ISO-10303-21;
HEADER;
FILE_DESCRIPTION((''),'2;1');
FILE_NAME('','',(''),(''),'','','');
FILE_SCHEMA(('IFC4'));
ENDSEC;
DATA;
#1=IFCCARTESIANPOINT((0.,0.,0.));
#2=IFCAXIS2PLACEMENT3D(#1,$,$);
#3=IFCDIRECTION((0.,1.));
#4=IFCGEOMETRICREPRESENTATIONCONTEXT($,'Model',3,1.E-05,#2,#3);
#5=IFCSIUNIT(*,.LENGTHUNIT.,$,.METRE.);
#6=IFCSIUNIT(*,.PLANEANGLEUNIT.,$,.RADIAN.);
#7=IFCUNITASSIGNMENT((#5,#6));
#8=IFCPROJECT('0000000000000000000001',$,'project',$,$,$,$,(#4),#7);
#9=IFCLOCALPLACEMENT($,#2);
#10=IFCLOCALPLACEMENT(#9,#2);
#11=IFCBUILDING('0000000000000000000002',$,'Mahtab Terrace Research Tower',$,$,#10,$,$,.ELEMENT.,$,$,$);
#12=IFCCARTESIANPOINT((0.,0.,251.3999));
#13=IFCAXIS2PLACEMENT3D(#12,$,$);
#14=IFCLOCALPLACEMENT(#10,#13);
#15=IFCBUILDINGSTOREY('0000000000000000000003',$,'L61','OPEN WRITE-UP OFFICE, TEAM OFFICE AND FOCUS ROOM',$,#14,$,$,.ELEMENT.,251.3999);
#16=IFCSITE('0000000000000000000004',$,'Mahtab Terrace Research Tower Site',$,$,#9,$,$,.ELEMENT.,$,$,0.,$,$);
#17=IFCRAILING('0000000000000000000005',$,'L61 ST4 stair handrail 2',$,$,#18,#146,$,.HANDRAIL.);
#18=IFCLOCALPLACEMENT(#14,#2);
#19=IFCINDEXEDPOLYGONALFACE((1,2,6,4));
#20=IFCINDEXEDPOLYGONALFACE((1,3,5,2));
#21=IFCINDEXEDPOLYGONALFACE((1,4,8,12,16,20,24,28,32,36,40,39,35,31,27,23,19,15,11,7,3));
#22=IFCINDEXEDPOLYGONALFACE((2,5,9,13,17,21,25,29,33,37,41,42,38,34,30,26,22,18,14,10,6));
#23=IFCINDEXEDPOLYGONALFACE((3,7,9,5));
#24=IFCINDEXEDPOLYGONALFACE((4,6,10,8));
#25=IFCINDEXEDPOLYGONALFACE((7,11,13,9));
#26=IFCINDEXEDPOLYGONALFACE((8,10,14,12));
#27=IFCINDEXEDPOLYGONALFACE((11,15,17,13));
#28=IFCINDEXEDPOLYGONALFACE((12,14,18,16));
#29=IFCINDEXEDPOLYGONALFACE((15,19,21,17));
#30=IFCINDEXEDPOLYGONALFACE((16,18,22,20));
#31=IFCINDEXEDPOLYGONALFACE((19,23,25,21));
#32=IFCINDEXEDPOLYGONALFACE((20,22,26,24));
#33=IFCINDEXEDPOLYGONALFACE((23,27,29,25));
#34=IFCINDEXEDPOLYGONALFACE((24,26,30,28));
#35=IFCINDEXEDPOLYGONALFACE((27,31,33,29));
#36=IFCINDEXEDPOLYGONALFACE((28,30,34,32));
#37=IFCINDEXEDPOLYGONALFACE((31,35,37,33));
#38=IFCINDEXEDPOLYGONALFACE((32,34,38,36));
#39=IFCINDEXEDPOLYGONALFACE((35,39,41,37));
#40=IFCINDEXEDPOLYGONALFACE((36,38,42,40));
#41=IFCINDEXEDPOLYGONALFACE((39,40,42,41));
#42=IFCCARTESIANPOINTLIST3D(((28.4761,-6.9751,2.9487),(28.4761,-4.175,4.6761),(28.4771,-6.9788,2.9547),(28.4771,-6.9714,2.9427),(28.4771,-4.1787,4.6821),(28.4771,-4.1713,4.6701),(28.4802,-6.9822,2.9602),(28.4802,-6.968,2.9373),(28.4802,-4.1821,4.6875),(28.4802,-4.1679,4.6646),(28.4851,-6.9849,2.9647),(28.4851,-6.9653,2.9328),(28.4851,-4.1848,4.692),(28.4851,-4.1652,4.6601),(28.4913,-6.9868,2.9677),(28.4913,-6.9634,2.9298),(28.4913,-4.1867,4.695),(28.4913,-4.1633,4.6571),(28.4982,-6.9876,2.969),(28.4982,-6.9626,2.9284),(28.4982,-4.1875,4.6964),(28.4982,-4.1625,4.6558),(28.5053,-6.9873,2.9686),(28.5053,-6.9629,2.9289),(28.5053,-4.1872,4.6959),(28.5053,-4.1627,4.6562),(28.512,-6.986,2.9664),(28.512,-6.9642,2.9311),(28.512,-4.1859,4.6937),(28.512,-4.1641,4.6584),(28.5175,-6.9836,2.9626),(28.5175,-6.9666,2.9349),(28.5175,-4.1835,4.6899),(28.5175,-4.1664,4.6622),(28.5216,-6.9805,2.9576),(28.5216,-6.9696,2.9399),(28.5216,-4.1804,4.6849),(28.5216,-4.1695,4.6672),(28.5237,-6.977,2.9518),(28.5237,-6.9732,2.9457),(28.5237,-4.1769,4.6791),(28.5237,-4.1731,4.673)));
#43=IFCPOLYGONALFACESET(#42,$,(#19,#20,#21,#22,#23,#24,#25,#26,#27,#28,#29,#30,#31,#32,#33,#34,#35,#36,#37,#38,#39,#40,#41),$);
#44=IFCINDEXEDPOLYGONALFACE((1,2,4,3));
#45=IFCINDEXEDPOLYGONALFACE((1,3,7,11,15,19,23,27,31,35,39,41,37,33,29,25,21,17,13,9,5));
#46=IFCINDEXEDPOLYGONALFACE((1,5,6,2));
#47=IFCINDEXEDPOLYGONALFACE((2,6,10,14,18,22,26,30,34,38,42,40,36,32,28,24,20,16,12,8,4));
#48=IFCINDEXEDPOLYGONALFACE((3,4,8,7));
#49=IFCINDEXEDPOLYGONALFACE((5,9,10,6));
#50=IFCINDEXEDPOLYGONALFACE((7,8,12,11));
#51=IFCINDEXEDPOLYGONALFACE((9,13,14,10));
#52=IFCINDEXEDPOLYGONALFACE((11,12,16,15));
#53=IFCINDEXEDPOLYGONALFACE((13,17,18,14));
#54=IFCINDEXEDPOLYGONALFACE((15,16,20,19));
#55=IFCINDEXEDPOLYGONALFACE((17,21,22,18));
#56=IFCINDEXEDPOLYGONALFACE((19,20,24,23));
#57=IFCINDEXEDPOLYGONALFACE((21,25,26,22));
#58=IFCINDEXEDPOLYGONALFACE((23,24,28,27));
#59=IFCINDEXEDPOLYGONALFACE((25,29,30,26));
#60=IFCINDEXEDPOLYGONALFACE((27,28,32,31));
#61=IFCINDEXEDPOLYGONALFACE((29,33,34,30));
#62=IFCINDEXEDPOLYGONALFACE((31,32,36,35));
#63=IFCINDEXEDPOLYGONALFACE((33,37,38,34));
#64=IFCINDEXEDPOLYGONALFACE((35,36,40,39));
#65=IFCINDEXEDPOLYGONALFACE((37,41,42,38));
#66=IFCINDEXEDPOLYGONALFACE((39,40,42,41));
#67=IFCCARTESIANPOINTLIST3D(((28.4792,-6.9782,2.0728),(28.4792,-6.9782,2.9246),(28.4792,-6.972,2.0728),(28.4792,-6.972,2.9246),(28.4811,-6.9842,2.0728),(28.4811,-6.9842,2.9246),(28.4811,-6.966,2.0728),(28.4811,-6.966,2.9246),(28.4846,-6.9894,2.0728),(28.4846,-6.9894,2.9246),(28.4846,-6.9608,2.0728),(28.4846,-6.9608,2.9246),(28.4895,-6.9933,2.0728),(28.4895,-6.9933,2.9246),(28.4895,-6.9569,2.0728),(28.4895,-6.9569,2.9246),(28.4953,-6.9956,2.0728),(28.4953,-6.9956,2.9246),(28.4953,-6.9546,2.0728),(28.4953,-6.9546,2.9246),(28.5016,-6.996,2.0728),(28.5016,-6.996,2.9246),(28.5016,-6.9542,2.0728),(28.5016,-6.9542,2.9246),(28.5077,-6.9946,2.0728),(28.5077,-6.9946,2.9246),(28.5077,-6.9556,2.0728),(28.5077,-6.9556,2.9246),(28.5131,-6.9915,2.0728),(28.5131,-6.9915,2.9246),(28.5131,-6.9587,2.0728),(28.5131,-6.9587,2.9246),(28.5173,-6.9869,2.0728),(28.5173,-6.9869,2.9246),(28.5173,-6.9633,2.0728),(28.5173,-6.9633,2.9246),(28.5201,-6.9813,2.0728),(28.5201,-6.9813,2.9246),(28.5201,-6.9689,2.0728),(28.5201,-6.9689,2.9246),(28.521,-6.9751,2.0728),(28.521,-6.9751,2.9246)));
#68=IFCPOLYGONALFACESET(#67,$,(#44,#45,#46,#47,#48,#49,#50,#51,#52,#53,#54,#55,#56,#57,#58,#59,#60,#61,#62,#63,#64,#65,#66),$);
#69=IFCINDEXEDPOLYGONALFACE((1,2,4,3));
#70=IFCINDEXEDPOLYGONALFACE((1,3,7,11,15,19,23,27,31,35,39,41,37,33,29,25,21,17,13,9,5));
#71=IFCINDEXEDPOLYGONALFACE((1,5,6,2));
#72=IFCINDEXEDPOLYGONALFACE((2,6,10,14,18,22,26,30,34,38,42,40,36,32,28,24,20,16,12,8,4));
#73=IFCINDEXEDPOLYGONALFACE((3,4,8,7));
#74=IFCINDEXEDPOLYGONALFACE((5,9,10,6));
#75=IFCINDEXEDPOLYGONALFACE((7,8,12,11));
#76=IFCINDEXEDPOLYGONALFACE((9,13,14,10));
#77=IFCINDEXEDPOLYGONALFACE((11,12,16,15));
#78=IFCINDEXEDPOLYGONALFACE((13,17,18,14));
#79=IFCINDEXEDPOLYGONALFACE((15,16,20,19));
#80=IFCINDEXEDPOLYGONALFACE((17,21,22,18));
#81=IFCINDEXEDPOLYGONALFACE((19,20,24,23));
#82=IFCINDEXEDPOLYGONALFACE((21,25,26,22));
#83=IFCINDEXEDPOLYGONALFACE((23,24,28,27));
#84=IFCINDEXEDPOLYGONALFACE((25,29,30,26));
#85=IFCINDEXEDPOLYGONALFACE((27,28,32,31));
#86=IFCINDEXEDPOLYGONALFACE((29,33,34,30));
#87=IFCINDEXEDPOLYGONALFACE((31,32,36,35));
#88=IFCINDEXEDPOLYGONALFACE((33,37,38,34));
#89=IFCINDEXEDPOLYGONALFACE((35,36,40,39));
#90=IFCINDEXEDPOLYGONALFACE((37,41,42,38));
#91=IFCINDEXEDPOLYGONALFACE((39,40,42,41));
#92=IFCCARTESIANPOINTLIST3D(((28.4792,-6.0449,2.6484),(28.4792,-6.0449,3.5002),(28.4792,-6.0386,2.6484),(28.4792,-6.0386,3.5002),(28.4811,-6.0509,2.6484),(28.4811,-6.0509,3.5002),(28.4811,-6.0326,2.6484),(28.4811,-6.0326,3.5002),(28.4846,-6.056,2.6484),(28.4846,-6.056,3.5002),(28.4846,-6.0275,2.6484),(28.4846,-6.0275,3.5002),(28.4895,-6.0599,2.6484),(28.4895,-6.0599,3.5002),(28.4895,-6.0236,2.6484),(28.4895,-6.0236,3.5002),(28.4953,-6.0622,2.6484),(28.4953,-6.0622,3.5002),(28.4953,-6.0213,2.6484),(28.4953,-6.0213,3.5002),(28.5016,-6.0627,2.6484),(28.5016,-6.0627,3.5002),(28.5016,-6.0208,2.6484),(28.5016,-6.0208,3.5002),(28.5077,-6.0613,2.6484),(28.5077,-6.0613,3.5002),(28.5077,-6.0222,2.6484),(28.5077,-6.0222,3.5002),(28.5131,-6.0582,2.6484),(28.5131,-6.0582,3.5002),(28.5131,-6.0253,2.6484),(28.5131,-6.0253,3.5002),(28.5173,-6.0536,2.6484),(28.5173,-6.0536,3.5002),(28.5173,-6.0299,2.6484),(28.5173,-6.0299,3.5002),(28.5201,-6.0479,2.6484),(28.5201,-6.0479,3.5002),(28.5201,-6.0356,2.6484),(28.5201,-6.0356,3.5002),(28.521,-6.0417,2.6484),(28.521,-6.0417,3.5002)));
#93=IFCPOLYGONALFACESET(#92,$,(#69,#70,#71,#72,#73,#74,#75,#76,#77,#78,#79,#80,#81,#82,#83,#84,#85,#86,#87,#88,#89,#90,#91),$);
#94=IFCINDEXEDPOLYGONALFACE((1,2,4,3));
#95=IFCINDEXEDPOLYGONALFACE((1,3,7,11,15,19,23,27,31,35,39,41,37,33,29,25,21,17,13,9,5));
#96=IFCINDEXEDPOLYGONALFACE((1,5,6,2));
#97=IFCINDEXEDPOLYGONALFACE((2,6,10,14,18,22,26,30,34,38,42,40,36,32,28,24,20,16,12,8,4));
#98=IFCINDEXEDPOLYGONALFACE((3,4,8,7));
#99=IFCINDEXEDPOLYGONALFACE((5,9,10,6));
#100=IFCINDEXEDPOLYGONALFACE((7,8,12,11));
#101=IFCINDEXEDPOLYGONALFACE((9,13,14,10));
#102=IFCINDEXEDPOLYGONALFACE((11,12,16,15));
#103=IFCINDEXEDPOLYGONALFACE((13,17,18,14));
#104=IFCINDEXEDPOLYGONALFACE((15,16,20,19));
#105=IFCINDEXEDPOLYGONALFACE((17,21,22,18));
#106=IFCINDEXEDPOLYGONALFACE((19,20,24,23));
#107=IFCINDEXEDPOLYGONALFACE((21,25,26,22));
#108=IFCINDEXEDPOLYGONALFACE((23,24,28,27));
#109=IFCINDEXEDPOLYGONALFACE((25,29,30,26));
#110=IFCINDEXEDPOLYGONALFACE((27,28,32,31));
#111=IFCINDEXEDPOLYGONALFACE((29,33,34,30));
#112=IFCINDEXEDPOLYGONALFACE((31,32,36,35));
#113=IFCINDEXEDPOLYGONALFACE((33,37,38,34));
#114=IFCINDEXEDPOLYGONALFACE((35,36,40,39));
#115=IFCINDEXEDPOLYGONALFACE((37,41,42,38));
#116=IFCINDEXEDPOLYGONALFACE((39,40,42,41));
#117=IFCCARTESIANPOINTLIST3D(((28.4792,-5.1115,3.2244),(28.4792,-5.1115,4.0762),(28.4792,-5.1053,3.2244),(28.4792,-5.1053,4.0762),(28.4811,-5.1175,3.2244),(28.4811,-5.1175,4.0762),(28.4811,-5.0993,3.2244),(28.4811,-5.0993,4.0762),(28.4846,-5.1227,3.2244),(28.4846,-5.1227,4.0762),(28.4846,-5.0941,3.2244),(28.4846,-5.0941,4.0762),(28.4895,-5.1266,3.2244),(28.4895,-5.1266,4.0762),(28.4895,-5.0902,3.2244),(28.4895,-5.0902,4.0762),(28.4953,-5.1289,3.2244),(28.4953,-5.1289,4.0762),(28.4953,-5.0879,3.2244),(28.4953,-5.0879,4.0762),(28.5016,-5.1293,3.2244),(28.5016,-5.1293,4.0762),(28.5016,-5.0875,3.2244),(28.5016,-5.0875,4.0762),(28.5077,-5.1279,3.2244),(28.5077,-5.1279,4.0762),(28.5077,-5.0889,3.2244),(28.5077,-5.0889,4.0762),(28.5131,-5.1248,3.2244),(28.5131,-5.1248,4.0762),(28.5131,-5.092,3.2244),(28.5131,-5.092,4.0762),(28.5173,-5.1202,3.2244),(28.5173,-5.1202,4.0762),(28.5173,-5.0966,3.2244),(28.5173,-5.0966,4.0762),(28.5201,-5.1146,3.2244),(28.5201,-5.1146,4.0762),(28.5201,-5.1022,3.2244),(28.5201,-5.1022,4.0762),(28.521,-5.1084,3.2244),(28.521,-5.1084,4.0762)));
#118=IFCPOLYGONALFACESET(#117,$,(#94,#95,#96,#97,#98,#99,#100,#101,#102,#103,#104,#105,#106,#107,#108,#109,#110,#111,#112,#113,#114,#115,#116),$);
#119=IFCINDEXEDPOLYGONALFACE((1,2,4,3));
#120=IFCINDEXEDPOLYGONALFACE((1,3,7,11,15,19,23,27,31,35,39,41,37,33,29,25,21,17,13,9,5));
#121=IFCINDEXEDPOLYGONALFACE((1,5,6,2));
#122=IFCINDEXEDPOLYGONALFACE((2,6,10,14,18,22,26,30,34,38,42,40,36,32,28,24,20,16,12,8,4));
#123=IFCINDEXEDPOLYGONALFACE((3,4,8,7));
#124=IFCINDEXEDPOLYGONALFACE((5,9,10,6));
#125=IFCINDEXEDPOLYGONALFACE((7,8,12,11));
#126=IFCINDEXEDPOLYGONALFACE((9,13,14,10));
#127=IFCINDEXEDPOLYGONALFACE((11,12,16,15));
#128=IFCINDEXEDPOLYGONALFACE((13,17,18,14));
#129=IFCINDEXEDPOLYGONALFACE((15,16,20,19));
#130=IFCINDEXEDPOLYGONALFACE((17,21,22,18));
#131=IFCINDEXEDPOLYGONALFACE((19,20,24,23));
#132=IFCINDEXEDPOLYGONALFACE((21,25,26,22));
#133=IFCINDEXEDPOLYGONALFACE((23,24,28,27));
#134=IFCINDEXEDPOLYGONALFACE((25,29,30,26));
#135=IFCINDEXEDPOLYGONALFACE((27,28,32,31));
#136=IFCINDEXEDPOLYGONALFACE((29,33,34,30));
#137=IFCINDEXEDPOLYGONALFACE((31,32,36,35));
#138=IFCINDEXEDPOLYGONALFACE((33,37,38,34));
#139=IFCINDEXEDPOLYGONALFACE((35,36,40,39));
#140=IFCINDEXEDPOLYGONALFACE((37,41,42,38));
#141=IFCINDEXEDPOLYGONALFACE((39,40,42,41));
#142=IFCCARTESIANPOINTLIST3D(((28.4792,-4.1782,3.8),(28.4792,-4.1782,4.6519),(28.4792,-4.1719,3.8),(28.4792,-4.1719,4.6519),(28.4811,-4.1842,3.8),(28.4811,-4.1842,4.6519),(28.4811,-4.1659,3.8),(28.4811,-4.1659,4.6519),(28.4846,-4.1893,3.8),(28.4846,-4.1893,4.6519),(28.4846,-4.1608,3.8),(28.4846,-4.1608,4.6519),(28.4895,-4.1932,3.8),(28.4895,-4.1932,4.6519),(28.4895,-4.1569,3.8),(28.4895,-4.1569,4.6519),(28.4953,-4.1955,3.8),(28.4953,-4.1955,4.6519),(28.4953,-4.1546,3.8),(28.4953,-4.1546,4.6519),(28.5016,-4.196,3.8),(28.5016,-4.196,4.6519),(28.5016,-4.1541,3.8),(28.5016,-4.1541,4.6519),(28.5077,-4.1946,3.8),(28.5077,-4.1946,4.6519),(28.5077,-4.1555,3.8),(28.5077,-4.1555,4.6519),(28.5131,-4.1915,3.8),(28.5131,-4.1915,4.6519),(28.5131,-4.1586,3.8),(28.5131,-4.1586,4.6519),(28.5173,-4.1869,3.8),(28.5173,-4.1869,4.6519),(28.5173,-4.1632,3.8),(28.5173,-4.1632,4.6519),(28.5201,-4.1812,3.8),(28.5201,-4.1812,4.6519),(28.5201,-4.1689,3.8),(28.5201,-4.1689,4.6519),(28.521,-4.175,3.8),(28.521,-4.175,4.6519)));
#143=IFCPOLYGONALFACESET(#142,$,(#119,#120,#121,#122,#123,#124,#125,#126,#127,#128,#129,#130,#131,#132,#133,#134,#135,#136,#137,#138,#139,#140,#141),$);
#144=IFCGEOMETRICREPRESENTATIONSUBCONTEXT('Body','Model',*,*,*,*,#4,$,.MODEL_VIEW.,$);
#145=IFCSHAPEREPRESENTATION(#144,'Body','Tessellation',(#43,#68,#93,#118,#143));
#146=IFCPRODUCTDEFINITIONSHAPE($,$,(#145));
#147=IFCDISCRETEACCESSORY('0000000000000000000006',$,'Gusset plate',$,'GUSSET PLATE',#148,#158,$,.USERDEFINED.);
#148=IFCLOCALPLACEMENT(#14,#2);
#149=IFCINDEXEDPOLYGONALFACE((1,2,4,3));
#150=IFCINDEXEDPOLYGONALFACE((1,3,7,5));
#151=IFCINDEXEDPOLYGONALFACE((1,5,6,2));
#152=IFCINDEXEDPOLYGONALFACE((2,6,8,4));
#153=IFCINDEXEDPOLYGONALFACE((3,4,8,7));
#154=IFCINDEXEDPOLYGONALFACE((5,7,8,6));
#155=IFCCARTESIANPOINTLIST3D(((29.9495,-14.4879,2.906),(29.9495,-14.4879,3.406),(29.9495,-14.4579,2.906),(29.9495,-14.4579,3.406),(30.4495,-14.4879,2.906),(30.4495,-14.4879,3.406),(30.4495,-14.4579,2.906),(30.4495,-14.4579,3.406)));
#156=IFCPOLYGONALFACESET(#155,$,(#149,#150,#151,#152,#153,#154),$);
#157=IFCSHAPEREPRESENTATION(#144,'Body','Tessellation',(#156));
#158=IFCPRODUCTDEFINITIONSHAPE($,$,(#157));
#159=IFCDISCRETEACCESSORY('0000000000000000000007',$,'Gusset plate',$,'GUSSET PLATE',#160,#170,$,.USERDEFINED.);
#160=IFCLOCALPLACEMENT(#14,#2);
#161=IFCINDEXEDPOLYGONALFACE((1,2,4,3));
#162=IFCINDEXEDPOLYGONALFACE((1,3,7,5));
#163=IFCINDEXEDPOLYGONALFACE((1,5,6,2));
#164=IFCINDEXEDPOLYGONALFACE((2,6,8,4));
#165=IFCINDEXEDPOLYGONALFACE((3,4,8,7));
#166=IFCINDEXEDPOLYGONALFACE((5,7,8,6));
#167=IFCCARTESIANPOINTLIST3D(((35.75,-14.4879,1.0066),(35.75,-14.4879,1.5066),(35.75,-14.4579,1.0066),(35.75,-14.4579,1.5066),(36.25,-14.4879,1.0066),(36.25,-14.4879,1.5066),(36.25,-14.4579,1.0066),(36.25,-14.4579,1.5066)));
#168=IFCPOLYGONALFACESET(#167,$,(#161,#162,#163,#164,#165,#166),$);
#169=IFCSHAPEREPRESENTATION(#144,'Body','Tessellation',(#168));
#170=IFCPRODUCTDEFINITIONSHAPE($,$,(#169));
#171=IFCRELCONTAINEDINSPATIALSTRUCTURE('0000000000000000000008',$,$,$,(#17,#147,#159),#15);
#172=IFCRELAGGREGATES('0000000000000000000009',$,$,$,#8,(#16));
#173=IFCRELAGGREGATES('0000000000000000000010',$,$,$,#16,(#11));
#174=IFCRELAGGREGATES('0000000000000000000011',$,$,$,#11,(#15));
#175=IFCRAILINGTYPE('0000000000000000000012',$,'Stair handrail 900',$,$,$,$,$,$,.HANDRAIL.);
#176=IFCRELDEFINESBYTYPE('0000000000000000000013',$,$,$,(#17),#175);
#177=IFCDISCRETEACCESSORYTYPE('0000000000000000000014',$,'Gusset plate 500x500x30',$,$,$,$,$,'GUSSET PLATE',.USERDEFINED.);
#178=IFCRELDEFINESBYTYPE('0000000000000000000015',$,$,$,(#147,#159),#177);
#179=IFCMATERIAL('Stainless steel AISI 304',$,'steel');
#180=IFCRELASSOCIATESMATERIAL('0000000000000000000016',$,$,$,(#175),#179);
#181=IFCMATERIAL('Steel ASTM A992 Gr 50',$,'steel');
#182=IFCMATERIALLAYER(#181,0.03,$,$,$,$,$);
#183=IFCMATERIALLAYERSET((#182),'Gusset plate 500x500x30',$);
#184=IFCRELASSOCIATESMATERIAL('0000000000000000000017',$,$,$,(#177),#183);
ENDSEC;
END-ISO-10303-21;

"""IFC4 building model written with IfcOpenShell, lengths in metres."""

from ifc_helpers import new_model, si_unit, direction, frame, origin, origin_2d, place, context, subcontext, project, spatial, rectangle, circle, extrude, material, layer, layer_set, type_object, element, save


model = new_model("IFC4")

# Units and contexts
model_context = context("Model", 3, precision=1e-05, world=origin(), true_north=direction((0.0, 1.0)))
body_context = subcontext(model_context, "Body", "Model", "MODEL_VIEW")
ifc_project = project(units=[si_unit("LENGTHUNIT", "METRE"), si_unit("PLANEANGLEUNIT", "RADIAN")], contexts=[model_context])

# Site, building, storey
site_placement = place(None, origin())
site = spatial("IfcSite", under=ifc_project, at=site_placement, Name="Mahtab Terrace Research Tower Site", CompositionType="ELEMENT", RefElevation=0.0)
building_placement = place(site_placement, origin())
building = spatial("IfcBuilding", under=site, at=building_placement, Name="Mahtab Terrace Research Tower", CompositionType="ELEMENT")
storey_placement = place(building_placement, frame((0.0, 0.0, 251.3999)))
storey = spatial("IfcBuildingStorey", under=building, at=storey_placement, Name="L61", Description="OPEN WRITE-UP OFFICE, TEAM OFFICE AND FOCUS ROOM", CompositionType="ELEMENT", Elevation=251.3999)

# Shared definitions
ifc_material_1 = material(Name="Steel ASTM A992 Gr 50", Category="steel")

# Railing
ifc_material_2 = material(Name="Stainless steel AISI 304", Category="steel")
railing_type = type_object("IfcRailingType", Name="Stair handrail 900", PredefinedType="HANDRAIL", material=ifc_material_2)
railing_placement = place(storey_placement, frame((28.5, -6.9751, 2.0728)))
element("IfcRailing", 1, at=railing_placement, inside=storey, type_object=railing_type, Name="L61 ST4 stair handrail 2", PredefinedType="HANDRAIL", context=body_context, shape_type="SweptSolid", body=[
    extrude(circle(Radius=0.0239, at=origin_2d()), frame((0.0, 0.0, 0.876), z_axis=(0.0, 0.85109, 0.52502), x_axis=(-1.0, 0.0, 0.0)), (0.0, 0.0, 1.0), 3.29),
    extrude(circle(Radius=0.021, at=origin_2d()), origin(), (0.0, 0.0, 1.0), 0.8518),
    extrude(circle(Radius=0.021, at=origin_2d()), frame((0.0, 0.9333, 0.5757)), (0.0, 0.0, 1.0), 0.8518),
    extrude(circle(Radius=0.021, at=origin_2d()), frame((0.0, 1.8667, 1.1516)), (0.0, 0.0, 1.0), 0.8518),
    extrude(circle(Radius=0.021, at=origin_2d()), frame((0.0, 2.8, 1.7273)), (0.0, 0.0, 1.0), 0.8518),
])

# Discrete accessories
ifc_layer_1 = layer(ifc_material_1, 0.03)
ifc_layer_set_1 = layer_set([ifc_layer_1], Name="Gusset plate 500x500x30")
discrete_accessory_type = type_object("IfcDiscreteAccessoryType", Name="Gusset plate 500x500x30", ElementType="GUSSET PLATE", PredefinedType="USERDEFINED", material=ifc_layer_set_1)
for number, where, z_axis, x_axis, name in (
    (2, (30.1995, -14.4729, 2.906), (0.0, 0.0, 1.0), (1.0, 0.0, 0.0), "Gusset plate"),
    (3, (36.0, -14.4729, 1.0066), (0.0, 0.0, 1.0), (1.0, 0.0, 0.0), "Gusset plate"),
):
    element("IfcDiscreteAccessory", number, at=place(storey_placement, frame(where, z_axis=z_axis, x_axis=x_axis)), inside=storey, type_object=discrete_accessory_type, Name=name, ObjectType="GUSSET PLATE", PredefinedType="USERDEFINED", context=body_context, shape_type="SweptSolid", body=[
        extrude(rectangle(XDim=0.5, YDim=0.03, at=origin_2d()), origin(), (0.0, 0.0, 1.0), 0.5),
    ])

save(model, "model.ifc")
